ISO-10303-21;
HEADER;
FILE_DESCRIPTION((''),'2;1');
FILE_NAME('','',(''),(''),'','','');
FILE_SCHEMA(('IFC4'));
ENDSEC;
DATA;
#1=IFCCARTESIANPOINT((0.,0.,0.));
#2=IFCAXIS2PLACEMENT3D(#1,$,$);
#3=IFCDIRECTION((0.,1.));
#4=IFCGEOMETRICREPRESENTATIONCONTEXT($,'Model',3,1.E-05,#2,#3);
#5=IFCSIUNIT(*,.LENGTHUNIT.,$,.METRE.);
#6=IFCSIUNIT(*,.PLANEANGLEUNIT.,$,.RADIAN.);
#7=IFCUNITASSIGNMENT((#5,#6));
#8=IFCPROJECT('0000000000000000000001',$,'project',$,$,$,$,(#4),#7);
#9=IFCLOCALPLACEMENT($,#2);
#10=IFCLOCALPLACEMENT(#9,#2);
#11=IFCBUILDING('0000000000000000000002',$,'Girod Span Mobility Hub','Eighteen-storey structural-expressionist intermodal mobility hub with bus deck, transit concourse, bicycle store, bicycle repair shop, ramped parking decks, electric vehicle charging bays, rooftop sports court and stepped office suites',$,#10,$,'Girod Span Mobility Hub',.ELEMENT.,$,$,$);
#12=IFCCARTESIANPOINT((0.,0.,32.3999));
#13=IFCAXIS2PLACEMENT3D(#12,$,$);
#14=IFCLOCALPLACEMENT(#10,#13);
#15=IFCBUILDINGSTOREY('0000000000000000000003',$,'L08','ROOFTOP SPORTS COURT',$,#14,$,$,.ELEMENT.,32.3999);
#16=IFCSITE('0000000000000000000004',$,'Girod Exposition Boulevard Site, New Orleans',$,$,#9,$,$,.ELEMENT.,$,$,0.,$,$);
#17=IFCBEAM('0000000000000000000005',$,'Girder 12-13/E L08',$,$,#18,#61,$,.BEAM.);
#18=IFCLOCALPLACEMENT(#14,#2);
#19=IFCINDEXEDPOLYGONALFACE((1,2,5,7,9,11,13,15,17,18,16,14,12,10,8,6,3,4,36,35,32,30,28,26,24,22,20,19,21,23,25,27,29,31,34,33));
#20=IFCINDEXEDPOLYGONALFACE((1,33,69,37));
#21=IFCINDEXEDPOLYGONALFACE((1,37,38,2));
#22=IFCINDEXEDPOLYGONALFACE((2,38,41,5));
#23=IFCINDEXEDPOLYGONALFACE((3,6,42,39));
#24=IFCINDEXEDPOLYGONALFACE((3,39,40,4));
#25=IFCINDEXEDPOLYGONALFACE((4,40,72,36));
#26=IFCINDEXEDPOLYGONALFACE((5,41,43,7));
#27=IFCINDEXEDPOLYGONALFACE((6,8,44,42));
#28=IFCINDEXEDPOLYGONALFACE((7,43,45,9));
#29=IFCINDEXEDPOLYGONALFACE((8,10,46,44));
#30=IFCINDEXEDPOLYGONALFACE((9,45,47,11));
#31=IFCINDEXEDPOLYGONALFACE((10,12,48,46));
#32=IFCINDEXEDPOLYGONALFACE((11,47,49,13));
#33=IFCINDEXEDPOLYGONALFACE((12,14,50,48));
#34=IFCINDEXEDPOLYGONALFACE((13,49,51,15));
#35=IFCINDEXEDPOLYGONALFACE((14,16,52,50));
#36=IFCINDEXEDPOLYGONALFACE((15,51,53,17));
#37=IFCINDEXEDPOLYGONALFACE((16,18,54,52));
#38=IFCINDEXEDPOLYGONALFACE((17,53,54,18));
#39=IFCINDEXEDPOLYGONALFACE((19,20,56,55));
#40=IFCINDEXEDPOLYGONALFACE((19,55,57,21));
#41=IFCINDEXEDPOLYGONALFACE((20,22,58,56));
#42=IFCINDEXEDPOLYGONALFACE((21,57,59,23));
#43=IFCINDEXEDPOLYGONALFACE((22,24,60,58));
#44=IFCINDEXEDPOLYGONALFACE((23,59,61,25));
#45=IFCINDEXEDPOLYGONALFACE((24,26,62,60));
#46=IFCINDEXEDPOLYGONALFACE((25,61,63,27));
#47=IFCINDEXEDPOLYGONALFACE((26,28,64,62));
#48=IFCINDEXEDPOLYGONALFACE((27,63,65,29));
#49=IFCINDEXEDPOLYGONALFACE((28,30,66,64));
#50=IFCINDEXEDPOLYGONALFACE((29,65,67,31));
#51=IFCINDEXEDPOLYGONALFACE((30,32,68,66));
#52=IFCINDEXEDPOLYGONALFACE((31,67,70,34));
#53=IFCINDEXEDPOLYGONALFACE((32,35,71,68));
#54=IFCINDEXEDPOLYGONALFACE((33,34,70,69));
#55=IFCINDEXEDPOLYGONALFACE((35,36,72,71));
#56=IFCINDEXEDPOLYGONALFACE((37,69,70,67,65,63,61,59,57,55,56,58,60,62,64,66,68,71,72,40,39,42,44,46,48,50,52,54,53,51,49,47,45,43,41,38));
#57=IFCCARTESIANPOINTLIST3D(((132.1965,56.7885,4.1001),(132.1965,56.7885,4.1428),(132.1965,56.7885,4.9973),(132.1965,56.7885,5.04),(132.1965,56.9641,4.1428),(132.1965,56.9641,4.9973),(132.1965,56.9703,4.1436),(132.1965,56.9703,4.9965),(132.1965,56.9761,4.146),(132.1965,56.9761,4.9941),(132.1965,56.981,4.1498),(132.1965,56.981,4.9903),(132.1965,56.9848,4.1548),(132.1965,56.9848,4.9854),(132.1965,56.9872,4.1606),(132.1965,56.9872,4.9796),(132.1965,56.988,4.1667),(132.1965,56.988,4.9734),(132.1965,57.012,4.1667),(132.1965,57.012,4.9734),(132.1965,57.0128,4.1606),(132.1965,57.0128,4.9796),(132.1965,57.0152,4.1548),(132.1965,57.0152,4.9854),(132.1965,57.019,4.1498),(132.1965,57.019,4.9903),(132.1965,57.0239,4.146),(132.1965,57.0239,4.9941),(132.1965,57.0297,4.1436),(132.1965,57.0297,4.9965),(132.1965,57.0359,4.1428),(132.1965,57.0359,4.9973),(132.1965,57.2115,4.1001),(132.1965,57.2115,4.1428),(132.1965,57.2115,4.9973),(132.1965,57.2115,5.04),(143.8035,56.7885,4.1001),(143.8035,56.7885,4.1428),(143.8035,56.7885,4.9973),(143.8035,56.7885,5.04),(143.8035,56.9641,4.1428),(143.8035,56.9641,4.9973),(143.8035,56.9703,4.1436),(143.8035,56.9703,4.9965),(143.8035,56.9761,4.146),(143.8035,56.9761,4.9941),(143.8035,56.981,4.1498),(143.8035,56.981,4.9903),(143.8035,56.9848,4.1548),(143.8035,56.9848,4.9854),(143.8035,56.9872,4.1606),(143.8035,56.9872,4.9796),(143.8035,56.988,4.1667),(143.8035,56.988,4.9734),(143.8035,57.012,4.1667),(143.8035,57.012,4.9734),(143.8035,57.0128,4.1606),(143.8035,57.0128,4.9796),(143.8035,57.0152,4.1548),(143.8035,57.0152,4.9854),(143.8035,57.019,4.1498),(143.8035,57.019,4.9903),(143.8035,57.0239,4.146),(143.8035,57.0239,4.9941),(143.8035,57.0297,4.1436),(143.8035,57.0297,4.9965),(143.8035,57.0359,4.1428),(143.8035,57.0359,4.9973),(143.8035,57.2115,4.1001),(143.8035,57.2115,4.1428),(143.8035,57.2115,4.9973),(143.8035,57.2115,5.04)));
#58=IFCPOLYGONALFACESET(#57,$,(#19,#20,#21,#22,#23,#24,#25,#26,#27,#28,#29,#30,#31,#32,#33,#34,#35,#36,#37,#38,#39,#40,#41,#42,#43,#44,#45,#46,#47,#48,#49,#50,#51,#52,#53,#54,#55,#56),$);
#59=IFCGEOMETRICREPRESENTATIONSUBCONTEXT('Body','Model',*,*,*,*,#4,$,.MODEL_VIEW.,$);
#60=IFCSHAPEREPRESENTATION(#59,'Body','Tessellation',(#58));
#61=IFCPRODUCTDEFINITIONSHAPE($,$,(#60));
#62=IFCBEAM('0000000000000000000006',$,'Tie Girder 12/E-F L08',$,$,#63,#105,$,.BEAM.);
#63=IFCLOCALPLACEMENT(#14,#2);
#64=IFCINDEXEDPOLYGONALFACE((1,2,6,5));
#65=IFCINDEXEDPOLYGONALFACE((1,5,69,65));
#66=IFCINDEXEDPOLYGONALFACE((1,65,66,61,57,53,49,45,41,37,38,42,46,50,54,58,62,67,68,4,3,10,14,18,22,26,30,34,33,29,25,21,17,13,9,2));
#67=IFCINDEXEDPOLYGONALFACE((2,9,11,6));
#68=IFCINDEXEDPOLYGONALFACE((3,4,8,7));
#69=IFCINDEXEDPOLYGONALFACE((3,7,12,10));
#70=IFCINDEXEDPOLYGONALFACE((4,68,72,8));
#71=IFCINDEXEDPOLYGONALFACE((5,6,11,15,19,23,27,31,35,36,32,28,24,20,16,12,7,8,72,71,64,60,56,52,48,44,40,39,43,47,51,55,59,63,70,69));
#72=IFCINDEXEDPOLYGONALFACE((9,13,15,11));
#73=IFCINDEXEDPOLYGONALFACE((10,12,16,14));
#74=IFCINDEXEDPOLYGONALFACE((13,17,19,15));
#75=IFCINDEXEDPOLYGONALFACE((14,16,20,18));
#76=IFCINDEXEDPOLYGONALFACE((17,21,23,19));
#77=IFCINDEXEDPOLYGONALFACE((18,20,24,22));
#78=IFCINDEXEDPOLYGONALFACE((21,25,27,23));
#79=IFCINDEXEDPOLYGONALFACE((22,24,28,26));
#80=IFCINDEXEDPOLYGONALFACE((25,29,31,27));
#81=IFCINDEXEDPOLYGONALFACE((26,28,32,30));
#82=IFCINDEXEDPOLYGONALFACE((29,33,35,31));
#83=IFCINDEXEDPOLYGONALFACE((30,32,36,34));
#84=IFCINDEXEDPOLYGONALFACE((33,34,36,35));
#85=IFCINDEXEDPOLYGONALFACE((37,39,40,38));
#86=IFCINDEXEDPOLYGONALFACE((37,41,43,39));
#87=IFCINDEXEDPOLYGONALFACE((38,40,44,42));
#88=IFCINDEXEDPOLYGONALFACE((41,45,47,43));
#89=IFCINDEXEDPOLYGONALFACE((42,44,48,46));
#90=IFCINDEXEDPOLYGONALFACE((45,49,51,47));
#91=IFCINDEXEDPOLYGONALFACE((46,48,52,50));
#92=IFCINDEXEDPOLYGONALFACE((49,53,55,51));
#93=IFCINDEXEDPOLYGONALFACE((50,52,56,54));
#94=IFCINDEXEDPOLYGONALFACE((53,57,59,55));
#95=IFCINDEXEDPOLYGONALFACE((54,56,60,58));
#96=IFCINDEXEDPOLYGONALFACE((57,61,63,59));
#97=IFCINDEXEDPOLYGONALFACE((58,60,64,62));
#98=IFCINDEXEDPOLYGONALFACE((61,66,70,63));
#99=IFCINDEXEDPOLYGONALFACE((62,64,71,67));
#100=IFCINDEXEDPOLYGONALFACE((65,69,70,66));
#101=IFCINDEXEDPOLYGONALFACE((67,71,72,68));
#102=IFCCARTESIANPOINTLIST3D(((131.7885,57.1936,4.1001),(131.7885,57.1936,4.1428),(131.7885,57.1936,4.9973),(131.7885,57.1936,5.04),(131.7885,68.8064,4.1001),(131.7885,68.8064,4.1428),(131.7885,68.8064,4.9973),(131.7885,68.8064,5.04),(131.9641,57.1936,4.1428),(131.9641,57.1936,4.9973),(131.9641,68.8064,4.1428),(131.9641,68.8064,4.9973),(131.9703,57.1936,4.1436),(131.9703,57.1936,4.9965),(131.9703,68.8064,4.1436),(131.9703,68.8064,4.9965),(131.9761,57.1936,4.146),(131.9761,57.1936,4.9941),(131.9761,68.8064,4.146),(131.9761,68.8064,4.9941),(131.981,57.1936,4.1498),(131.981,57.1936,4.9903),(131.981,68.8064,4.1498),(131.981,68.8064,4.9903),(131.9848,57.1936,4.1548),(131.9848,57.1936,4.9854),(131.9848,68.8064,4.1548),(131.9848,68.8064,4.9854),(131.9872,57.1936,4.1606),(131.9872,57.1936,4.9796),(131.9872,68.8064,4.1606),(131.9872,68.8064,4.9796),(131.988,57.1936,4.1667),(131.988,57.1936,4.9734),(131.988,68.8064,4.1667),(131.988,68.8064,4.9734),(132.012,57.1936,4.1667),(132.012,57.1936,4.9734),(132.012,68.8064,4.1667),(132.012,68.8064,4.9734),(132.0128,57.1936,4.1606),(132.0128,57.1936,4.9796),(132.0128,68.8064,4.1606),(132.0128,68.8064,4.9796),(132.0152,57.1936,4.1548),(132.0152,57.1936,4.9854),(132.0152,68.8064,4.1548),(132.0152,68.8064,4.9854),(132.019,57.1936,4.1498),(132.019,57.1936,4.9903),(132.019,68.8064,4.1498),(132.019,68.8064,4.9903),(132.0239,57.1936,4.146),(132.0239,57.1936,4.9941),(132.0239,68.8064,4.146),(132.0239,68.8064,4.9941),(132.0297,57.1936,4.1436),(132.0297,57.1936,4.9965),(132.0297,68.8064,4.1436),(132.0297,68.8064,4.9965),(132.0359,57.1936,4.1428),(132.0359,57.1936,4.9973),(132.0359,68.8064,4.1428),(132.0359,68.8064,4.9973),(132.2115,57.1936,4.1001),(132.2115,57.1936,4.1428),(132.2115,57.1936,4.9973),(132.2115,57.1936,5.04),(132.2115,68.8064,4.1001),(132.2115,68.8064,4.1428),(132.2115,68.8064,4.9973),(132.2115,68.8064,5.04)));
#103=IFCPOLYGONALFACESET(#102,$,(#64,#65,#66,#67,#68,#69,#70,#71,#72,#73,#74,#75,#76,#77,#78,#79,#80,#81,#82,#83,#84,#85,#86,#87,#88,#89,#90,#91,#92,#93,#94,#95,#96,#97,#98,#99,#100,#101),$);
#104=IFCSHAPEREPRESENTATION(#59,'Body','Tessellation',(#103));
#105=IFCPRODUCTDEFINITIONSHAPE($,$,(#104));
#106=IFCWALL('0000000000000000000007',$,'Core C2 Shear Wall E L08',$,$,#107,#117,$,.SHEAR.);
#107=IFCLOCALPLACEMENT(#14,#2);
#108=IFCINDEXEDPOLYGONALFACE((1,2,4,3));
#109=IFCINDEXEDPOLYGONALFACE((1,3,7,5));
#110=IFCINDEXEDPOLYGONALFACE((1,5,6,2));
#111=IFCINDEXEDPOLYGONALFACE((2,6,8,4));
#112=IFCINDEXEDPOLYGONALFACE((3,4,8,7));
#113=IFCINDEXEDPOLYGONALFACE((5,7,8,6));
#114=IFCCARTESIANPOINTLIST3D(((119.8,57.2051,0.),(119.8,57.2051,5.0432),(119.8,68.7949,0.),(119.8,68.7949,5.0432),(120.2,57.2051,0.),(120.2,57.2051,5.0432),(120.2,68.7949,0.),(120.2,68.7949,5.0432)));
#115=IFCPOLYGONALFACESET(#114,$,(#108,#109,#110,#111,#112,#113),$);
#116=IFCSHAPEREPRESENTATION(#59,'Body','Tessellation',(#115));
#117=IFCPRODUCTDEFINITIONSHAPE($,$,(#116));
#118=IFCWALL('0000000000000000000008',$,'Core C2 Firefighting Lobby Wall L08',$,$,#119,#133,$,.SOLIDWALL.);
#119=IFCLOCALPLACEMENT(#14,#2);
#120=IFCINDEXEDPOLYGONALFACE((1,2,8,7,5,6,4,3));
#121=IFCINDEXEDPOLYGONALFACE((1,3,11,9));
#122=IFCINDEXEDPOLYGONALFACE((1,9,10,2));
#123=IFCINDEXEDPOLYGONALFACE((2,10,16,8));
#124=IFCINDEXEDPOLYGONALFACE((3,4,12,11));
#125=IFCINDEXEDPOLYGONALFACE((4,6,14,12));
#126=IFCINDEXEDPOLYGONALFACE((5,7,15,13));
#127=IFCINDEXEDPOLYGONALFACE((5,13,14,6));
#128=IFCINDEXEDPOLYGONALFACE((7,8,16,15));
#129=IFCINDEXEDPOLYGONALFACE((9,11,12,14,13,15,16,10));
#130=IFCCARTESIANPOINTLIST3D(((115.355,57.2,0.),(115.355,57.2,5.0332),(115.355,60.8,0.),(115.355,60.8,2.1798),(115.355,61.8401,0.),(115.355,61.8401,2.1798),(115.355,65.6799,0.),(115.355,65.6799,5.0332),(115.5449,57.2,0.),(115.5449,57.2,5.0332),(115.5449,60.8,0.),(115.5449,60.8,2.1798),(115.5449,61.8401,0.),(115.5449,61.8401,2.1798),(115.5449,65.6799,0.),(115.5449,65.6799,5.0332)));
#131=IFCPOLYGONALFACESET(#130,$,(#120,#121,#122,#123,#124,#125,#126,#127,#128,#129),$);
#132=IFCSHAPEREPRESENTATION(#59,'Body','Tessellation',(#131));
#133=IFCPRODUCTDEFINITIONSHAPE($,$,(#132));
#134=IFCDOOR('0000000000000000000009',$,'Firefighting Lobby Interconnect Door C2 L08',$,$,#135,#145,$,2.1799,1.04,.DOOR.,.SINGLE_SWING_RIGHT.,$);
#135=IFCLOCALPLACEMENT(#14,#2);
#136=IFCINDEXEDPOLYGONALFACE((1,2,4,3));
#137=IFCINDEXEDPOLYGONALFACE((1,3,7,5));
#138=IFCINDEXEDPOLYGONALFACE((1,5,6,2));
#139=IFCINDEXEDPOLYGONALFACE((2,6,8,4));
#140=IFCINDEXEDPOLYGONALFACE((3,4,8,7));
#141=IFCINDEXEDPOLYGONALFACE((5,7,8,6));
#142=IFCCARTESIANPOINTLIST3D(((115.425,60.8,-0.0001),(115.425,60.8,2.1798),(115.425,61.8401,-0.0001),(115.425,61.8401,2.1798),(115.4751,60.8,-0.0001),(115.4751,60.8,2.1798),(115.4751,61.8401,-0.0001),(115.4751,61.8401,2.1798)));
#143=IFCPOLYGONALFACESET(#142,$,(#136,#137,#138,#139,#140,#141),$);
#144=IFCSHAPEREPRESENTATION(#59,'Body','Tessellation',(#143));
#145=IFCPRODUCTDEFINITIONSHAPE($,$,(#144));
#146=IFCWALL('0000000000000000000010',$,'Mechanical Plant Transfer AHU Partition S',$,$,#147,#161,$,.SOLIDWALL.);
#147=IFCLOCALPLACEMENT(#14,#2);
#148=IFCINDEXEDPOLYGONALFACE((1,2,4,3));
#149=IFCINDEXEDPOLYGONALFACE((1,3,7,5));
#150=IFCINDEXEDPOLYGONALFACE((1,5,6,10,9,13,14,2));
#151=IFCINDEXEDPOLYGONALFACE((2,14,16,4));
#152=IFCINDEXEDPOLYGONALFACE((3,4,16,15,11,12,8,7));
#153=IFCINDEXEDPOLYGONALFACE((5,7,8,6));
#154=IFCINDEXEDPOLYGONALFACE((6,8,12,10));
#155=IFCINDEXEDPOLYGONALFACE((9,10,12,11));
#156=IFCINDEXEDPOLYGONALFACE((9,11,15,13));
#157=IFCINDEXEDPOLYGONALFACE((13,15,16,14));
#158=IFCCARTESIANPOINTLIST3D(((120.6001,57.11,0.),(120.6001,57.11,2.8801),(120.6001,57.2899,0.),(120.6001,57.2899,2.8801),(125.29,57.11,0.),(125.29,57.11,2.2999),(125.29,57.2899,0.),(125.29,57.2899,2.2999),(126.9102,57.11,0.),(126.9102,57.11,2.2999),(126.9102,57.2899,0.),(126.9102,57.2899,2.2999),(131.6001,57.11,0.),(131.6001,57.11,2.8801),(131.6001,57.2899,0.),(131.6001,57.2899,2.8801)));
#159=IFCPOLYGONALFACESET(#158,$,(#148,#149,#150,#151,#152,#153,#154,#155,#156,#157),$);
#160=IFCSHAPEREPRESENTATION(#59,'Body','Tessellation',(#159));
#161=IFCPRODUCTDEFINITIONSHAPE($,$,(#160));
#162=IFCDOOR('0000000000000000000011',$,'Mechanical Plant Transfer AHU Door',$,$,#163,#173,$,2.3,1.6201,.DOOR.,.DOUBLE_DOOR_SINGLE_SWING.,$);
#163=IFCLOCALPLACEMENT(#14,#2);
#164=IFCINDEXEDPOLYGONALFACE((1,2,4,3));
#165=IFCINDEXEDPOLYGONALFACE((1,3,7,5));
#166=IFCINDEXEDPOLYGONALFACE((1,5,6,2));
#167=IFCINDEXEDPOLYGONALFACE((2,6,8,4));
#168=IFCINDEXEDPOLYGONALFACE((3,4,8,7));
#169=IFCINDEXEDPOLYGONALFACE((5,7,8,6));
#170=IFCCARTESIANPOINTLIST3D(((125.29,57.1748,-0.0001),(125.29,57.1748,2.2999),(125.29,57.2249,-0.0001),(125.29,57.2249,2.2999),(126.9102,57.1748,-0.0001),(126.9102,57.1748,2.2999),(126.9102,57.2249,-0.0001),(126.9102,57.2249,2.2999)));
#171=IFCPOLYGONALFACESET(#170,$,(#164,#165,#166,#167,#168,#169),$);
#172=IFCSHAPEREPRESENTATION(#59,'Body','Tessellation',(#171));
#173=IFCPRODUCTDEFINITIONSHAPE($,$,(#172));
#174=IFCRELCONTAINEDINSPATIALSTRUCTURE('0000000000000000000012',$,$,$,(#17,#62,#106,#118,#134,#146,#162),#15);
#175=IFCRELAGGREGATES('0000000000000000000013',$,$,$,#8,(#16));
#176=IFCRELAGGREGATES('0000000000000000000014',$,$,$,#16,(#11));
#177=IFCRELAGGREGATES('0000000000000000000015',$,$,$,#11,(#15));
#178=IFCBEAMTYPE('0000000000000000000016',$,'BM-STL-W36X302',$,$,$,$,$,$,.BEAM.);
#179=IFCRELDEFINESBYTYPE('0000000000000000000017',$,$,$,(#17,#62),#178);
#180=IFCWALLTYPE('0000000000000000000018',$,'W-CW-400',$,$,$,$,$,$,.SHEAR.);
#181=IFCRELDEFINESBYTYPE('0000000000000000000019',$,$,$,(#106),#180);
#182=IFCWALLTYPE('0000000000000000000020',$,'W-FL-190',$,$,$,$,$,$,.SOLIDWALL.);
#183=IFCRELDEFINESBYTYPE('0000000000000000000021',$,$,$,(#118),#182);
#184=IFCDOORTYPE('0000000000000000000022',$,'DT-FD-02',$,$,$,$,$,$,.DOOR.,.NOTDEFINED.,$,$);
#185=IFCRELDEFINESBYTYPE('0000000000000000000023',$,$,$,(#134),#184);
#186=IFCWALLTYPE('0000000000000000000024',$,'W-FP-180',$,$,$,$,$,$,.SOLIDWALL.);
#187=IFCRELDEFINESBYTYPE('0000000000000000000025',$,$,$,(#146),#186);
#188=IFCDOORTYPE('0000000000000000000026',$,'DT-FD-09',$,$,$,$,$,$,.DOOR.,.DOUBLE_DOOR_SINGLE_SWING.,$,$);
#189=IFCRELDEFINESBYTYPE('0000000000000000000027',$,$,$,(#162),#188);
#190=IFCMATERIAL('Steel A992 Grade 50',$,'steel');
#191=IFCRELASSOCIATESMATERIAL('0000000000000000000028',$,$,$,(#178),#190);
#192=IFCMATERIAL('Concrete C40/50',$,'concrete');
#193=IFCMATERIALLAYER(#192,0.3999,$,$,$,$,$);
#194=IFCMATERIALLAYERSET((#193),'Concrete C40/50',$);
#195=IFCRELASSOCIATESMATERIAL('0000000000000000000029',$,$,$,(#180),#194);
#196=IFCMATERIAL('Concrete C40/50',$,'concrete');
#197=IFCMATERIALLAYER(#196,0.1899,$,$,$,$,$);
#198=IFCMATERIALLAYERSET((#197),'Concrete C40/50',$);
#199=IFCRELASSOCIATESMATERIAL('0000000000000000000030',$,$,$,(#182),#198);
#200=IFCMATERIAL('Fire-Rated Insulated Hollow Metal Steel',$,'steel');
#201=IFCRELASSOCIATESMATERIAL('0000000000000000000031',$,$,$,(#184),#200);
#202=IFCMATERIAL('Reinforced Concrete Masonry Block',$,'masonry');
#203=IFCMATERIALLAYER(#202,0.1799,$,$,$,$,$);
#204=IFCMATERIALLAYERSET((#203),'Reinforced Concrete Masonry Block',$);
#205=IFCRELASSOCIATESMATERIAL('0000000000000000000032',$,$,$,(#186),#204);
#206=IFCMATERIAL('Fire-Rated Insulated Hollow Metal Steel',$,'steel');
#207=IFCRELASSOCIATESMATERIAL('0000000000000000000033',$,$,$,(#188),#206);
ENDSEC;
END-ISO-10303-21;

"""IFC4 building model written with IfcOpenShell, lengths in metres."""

from ifc_helpers import new_model, si_unit, direction, frame, frame_2d, origin, origin_2d, place, context, subcontext, project, spatial, rectangle, i_section, extrude, material, layer, layer_set, material_profile, profile_set, type_object, element, fill, save


model = new_model("IFC4")

# Units and contexts
model_context = context("Model", 3, precision=1e-05, world=origin(), true_north=direction((0.0, 1.0)))
body_context = subcontext(model_context, "Body", "Model", "MODEL_VIEW")
ifc_project = project(units=[si_unit("LENGTHUNIT", "METRE"), si_unit("PLANEANGLEUNIT", "RADIAN")], contexts=[model_context])

# Site, building, storey
site_placement = place(None, origin())
site = spatial("IfcSite", under=ifc_project, at=site_placement, Name="Girod Exposition Boulevard Site, New Orleans", CompositionType="ELEMENT", RefElevation=0.0)
building_placement = place(site_placement, origin())
building = spatial("IfcBuilding", under=site, at=building_placement, Name="Girod Span Mobility Hub", Description="Eighteen-storey structural-expressionist intermodal mobility hub with bus deck, transit concourse, bicycle store, bicycle repair shop, ramped parking decks, electric vehicle charging bays, rooftop sports court and stepped office suites", LongName="Girod Span Mobility Hub", CompositionType="ELEMENT")
storey_placement = place(building_placement, frame((0.0, 0.0, 32.3999)))
storey = spatial("IfcBuildingStorey", under=building, at=storey_placement, Name="L08", Description="ROOFTOP SPORTS COURT", CompositionType="ELEMENT", Elevation=32.3999)

# Beams
ifc_material_1 = material(Name="Steel A992 Grade 50", Category="steel")
ifc_material_profile_1 = material_profile(ifc_material_1, i_section(OverallWidth=0.4231, OverallDepth=0.9399, WebThickness=0.0239, FlangeThickness=0.0427, FilletRadius=0.0239, at=origin_2d()), Name="W36X302")
ifc_profile_set_1 = profile_set([ifc_material_profile_1], Name="Steel A992 Grade 50")
beam_type_1 = type_object("IfcBeamType", Name="BM-STL-W36X302", PredefinedType="BEAM", material=ifc_profile_set_1)
beam_1_placement = place(storey_placement, frame((132.1965, 57.0, 4.5701), z_axis=(1.0, 0.0, 0.0), x_axis=(0.0, 1.0, 0.0)))
element("IfcBeam", 1, at=beam_1_placement, inside=storey, type_object=beam_type_1, Name="Girder 12-13/E L08", PredefinedType="BEAM", context=body_context, shape_type="SweptSolid", body=[
    extrude(i_section(OverallWidth=0.4231, OverallDepth=0.9399, WebThickness=0.0239, FlangeThickness=0.0427, FilletRadius=0.0239, at=origin_2d()), origin(), (0.0, 0.0, 1.0), 11.6069),
])
beam_2_placement = place(storey_placement, frame((132.0, 57.1936, 4.5701), z_axis=(0.0, 1.0, 0.0), x_axis=(-1.0, 0.0, 0.0)))
element("IfcBeam", 2, at=beam_2_placement, inside=storey, type_object=beam_type_1, Name="Tie Girder 12/E-F L08", PredefinedType="BEAM", context=body_context, shape_type="SweptSolid", body=[
    extrude(i_section(OverallWidth=0.4231, OverallDepth=0.9399, WebThickness=0.0239, FlangeThickness=0.0427, FilletRadius=0.0239, at=origin_2d()), origin(), (0.0, 0.0, 1.0), 11.6128),
])

# Wall
ifc_material_2 = material(Name="Concrete C40/50", Category="concrete")
ifc_layer_1 = layer(ifc_material_2, 0.3999)
ifc_layer_set_1 = layer_set([ifc_layer_1], Name="Concrete C40/50")
wall_type_1 = type_object("IfcWallType", Name="W-CW-400", PredefinedType="SHEAR", material=ifc_layer_set_1)
wall_1_placement = place(storey_placement, frame((120.0, 57.2051, 0.0), z_axis=(0.0, 0.0, 1.0), x_axis=(0.0, 1.0, 0.0)))
element("IfcWall", 3, at=wall_1_placement, inside=storey, type_object=wall_type_1, Name="Core C2 Shear Wall E L08", PredefinedType="SHEAR", context=body_context, shape_type="SweptSolid", body=[
    extrude(rectangle(XDim=11.5898, YDim=0.3999, at=frame_2d((5.7949, 0.0))), origin(), (0.0, 0.0, 1.0), 5.0432),
])

# Walls, openings, doors
ifc_material_3 = material(Name="Concrete C40/50", Category="concrete")
ifc_layer_2 = layer(ifc_material_3, 0.1899)
ifc_layer_set_2 = layer_set([ifc_layer_2], Name="Concrete C40/50")
wall_type_2 = type_object("IfcWallType", Name="W-FL-190", PredefinedType="SOLIDWALL", material=ifc_layer_set_2)
wall_2_placement = place(storey_placement, frame((115.45, 57.2, 0.0), z_axis=(0.0, 0.0, 1.0), x_axis=(0.0, 1.0, 0.0)))
wall_2 = element("IfcWall", 4, at=wall_2_placement, inside=storey, type_object=wall_type_2, Name="Core C2 Firefighting Lobby Wall L08", PredefinedType="SOLIDWALL", context=body_context, shape_type="SweptSolid", body=[
    extrude(rectangle(XDim=8.48, YDim=0.1899, at=frame_2d((4.24, 0.0))), origin(), (0.0, 0.0, 1.0), 5.0332),
])
opening_1_placement = place(wall_2_placement, frame((3.6001, 0.0, 0.0)))
opening_1 = element("IfcOpeningElement", 5, at=opening_1_placement, cuts=wall_2, PredefinedType="OPENING", context=body_context, shape_type="SweptSolid", body=[
    extrude(rectangle(XDim=1.04, YDim=2.1799, at=frame_2d((0.52, 1.0898))), frame((0.0, 0.1099, 0.0), z_axis=(0.0, -1.0, 0.0), x_axis=(1.0, 0.0, 0.0)), (0.0, 0.0, 1.0), 0.22),
])
ifc_material_4 = material(Name="Fire-Rated Insulated Hollow Metal Steel", Category="steel")
door_type_1 = type_object("IfcDoorType", Name="DT-FD-02", OperationType="NOTDEFINED", PredefinedType="DOOR", material=ifc_material_4)
door_1_placement = place(opening_1_placement, origin())
door_1 = element("IfcDoor", 6, at=door_1_placement, inside=storey, type_object=door_type_1, Name="Firefighting Lobby Interconnect Door C2 L08", OperationType="SINGLE_SWING_RIGHT", OverallHeight=2.1799, OverallWidth=1.04, PredefinedType="DOOR", context=body_context, shape_type="SweptSolid", body=[
    extrude(rectangle(XDim=1.04, YDim=2.1799, at=frame_2d((0.52, 1.0898))), frame((0.0, 0.0249, 0.0), z_axis=(0.0, -1.0, 0.0), x_axis=(1.0, 0.0, 0.0)), (0.0, 0.0, 1.0), 0.05),
])
fill(opening_1, door_1)
ifc_material_5 = material(Name="Reinforced Concrete Masonry Block", Category="masonry")
ifc_layer_3 = layer(ifc_material_5, 0.1799)
ifc_layer_set_3 = layer_set([ifc_layer_3], Name="Reinforced Concrete Masonry Block")
wall_type_3 = type_object("IfcWallType", Name="W-FP-180", PredefinedType="SOLIDWALL", material=ifc_layer_set_3)
wall_3_placement = place(storey_placement, frame((120.6001, 57.2, 0.0), z_axis=(0.0, 0.0, 1.0), x_axis=(1.0, 0.0, 0.0)))
wall_3 = element("IfcWall", 7, at=wall_3_placement, inside=storey, type_object=wall_type_3, Name="Mechanical Plant Transfer AHU Partition S", PredefinedType="SOLIDWALL", context=body_context, shape_type="SweptSolid", body=[
    extrude(rectangle(XDim=11.0, YDim=0.1799, at=frame_2d((5.5, 0.0))), origin(), (0.0, 0.0, 1.0), 2.8801),
])
opening_2_placement = place(wall_3_placement, frame((4.6899, 0.0, 0.0)))
opening_2 = element("IfcOpeningElement", 8, at=opening_2_placement, cuts=wall_3, PredefinedType="OPENING", context=body_context, shape_type="SweptSolid", body=[
    extrude(rectangle(XDim=1.6201, YDim=2.3, at=frame_2d((0.8101, 1.1499))), frame((0.0, 0.105, 0.0), z_axis=(0.0, -1.0, 0.0), x_axis=(1.0, 0.0, 0.0)), (0.0, 0.0, 1.0), 0.21),
])
ifc_material_6 = material(Name="Fire-Rated Insulated Hollow Metal Steel", Category="steel")
door_type_2 = type_object("IfcDoorType", Name="DT-FD-09", OperationType="DOUBLE_DOOR_SINGLE_SWING", PredefinedType="DOOR", material=ifc_material_6)
door_2_placement = place(opening_2_placement, origin())
door_2 = element("IfcDoor", 9, at=door_2_placement, inside=storey, type_object=door_type_2, Name="Mechanical Plant Transfer AHU Door", OperationType="DOUBLE_DOOR_SINGLE_SWING", OverallHeight=2.3, OverallWidth=1.6201, PredefinedType="DOOR", context=body_context, shape_type="SweptSolid", body=[
    extrude(rectangle(XDim=1.6201, YDim=2.3, at=frame_2d((0.8101, 1.1499))), frame((0.0, 0.0249, 0.0), z_axis=(0.0, -1.0, 0.0), x_axis=(1.0, 0.0, 0.0)), (0.0, 0.0, 1.0), 0.05),
])
fill(opening_2, door_2)

save(model, "model.ifc")
